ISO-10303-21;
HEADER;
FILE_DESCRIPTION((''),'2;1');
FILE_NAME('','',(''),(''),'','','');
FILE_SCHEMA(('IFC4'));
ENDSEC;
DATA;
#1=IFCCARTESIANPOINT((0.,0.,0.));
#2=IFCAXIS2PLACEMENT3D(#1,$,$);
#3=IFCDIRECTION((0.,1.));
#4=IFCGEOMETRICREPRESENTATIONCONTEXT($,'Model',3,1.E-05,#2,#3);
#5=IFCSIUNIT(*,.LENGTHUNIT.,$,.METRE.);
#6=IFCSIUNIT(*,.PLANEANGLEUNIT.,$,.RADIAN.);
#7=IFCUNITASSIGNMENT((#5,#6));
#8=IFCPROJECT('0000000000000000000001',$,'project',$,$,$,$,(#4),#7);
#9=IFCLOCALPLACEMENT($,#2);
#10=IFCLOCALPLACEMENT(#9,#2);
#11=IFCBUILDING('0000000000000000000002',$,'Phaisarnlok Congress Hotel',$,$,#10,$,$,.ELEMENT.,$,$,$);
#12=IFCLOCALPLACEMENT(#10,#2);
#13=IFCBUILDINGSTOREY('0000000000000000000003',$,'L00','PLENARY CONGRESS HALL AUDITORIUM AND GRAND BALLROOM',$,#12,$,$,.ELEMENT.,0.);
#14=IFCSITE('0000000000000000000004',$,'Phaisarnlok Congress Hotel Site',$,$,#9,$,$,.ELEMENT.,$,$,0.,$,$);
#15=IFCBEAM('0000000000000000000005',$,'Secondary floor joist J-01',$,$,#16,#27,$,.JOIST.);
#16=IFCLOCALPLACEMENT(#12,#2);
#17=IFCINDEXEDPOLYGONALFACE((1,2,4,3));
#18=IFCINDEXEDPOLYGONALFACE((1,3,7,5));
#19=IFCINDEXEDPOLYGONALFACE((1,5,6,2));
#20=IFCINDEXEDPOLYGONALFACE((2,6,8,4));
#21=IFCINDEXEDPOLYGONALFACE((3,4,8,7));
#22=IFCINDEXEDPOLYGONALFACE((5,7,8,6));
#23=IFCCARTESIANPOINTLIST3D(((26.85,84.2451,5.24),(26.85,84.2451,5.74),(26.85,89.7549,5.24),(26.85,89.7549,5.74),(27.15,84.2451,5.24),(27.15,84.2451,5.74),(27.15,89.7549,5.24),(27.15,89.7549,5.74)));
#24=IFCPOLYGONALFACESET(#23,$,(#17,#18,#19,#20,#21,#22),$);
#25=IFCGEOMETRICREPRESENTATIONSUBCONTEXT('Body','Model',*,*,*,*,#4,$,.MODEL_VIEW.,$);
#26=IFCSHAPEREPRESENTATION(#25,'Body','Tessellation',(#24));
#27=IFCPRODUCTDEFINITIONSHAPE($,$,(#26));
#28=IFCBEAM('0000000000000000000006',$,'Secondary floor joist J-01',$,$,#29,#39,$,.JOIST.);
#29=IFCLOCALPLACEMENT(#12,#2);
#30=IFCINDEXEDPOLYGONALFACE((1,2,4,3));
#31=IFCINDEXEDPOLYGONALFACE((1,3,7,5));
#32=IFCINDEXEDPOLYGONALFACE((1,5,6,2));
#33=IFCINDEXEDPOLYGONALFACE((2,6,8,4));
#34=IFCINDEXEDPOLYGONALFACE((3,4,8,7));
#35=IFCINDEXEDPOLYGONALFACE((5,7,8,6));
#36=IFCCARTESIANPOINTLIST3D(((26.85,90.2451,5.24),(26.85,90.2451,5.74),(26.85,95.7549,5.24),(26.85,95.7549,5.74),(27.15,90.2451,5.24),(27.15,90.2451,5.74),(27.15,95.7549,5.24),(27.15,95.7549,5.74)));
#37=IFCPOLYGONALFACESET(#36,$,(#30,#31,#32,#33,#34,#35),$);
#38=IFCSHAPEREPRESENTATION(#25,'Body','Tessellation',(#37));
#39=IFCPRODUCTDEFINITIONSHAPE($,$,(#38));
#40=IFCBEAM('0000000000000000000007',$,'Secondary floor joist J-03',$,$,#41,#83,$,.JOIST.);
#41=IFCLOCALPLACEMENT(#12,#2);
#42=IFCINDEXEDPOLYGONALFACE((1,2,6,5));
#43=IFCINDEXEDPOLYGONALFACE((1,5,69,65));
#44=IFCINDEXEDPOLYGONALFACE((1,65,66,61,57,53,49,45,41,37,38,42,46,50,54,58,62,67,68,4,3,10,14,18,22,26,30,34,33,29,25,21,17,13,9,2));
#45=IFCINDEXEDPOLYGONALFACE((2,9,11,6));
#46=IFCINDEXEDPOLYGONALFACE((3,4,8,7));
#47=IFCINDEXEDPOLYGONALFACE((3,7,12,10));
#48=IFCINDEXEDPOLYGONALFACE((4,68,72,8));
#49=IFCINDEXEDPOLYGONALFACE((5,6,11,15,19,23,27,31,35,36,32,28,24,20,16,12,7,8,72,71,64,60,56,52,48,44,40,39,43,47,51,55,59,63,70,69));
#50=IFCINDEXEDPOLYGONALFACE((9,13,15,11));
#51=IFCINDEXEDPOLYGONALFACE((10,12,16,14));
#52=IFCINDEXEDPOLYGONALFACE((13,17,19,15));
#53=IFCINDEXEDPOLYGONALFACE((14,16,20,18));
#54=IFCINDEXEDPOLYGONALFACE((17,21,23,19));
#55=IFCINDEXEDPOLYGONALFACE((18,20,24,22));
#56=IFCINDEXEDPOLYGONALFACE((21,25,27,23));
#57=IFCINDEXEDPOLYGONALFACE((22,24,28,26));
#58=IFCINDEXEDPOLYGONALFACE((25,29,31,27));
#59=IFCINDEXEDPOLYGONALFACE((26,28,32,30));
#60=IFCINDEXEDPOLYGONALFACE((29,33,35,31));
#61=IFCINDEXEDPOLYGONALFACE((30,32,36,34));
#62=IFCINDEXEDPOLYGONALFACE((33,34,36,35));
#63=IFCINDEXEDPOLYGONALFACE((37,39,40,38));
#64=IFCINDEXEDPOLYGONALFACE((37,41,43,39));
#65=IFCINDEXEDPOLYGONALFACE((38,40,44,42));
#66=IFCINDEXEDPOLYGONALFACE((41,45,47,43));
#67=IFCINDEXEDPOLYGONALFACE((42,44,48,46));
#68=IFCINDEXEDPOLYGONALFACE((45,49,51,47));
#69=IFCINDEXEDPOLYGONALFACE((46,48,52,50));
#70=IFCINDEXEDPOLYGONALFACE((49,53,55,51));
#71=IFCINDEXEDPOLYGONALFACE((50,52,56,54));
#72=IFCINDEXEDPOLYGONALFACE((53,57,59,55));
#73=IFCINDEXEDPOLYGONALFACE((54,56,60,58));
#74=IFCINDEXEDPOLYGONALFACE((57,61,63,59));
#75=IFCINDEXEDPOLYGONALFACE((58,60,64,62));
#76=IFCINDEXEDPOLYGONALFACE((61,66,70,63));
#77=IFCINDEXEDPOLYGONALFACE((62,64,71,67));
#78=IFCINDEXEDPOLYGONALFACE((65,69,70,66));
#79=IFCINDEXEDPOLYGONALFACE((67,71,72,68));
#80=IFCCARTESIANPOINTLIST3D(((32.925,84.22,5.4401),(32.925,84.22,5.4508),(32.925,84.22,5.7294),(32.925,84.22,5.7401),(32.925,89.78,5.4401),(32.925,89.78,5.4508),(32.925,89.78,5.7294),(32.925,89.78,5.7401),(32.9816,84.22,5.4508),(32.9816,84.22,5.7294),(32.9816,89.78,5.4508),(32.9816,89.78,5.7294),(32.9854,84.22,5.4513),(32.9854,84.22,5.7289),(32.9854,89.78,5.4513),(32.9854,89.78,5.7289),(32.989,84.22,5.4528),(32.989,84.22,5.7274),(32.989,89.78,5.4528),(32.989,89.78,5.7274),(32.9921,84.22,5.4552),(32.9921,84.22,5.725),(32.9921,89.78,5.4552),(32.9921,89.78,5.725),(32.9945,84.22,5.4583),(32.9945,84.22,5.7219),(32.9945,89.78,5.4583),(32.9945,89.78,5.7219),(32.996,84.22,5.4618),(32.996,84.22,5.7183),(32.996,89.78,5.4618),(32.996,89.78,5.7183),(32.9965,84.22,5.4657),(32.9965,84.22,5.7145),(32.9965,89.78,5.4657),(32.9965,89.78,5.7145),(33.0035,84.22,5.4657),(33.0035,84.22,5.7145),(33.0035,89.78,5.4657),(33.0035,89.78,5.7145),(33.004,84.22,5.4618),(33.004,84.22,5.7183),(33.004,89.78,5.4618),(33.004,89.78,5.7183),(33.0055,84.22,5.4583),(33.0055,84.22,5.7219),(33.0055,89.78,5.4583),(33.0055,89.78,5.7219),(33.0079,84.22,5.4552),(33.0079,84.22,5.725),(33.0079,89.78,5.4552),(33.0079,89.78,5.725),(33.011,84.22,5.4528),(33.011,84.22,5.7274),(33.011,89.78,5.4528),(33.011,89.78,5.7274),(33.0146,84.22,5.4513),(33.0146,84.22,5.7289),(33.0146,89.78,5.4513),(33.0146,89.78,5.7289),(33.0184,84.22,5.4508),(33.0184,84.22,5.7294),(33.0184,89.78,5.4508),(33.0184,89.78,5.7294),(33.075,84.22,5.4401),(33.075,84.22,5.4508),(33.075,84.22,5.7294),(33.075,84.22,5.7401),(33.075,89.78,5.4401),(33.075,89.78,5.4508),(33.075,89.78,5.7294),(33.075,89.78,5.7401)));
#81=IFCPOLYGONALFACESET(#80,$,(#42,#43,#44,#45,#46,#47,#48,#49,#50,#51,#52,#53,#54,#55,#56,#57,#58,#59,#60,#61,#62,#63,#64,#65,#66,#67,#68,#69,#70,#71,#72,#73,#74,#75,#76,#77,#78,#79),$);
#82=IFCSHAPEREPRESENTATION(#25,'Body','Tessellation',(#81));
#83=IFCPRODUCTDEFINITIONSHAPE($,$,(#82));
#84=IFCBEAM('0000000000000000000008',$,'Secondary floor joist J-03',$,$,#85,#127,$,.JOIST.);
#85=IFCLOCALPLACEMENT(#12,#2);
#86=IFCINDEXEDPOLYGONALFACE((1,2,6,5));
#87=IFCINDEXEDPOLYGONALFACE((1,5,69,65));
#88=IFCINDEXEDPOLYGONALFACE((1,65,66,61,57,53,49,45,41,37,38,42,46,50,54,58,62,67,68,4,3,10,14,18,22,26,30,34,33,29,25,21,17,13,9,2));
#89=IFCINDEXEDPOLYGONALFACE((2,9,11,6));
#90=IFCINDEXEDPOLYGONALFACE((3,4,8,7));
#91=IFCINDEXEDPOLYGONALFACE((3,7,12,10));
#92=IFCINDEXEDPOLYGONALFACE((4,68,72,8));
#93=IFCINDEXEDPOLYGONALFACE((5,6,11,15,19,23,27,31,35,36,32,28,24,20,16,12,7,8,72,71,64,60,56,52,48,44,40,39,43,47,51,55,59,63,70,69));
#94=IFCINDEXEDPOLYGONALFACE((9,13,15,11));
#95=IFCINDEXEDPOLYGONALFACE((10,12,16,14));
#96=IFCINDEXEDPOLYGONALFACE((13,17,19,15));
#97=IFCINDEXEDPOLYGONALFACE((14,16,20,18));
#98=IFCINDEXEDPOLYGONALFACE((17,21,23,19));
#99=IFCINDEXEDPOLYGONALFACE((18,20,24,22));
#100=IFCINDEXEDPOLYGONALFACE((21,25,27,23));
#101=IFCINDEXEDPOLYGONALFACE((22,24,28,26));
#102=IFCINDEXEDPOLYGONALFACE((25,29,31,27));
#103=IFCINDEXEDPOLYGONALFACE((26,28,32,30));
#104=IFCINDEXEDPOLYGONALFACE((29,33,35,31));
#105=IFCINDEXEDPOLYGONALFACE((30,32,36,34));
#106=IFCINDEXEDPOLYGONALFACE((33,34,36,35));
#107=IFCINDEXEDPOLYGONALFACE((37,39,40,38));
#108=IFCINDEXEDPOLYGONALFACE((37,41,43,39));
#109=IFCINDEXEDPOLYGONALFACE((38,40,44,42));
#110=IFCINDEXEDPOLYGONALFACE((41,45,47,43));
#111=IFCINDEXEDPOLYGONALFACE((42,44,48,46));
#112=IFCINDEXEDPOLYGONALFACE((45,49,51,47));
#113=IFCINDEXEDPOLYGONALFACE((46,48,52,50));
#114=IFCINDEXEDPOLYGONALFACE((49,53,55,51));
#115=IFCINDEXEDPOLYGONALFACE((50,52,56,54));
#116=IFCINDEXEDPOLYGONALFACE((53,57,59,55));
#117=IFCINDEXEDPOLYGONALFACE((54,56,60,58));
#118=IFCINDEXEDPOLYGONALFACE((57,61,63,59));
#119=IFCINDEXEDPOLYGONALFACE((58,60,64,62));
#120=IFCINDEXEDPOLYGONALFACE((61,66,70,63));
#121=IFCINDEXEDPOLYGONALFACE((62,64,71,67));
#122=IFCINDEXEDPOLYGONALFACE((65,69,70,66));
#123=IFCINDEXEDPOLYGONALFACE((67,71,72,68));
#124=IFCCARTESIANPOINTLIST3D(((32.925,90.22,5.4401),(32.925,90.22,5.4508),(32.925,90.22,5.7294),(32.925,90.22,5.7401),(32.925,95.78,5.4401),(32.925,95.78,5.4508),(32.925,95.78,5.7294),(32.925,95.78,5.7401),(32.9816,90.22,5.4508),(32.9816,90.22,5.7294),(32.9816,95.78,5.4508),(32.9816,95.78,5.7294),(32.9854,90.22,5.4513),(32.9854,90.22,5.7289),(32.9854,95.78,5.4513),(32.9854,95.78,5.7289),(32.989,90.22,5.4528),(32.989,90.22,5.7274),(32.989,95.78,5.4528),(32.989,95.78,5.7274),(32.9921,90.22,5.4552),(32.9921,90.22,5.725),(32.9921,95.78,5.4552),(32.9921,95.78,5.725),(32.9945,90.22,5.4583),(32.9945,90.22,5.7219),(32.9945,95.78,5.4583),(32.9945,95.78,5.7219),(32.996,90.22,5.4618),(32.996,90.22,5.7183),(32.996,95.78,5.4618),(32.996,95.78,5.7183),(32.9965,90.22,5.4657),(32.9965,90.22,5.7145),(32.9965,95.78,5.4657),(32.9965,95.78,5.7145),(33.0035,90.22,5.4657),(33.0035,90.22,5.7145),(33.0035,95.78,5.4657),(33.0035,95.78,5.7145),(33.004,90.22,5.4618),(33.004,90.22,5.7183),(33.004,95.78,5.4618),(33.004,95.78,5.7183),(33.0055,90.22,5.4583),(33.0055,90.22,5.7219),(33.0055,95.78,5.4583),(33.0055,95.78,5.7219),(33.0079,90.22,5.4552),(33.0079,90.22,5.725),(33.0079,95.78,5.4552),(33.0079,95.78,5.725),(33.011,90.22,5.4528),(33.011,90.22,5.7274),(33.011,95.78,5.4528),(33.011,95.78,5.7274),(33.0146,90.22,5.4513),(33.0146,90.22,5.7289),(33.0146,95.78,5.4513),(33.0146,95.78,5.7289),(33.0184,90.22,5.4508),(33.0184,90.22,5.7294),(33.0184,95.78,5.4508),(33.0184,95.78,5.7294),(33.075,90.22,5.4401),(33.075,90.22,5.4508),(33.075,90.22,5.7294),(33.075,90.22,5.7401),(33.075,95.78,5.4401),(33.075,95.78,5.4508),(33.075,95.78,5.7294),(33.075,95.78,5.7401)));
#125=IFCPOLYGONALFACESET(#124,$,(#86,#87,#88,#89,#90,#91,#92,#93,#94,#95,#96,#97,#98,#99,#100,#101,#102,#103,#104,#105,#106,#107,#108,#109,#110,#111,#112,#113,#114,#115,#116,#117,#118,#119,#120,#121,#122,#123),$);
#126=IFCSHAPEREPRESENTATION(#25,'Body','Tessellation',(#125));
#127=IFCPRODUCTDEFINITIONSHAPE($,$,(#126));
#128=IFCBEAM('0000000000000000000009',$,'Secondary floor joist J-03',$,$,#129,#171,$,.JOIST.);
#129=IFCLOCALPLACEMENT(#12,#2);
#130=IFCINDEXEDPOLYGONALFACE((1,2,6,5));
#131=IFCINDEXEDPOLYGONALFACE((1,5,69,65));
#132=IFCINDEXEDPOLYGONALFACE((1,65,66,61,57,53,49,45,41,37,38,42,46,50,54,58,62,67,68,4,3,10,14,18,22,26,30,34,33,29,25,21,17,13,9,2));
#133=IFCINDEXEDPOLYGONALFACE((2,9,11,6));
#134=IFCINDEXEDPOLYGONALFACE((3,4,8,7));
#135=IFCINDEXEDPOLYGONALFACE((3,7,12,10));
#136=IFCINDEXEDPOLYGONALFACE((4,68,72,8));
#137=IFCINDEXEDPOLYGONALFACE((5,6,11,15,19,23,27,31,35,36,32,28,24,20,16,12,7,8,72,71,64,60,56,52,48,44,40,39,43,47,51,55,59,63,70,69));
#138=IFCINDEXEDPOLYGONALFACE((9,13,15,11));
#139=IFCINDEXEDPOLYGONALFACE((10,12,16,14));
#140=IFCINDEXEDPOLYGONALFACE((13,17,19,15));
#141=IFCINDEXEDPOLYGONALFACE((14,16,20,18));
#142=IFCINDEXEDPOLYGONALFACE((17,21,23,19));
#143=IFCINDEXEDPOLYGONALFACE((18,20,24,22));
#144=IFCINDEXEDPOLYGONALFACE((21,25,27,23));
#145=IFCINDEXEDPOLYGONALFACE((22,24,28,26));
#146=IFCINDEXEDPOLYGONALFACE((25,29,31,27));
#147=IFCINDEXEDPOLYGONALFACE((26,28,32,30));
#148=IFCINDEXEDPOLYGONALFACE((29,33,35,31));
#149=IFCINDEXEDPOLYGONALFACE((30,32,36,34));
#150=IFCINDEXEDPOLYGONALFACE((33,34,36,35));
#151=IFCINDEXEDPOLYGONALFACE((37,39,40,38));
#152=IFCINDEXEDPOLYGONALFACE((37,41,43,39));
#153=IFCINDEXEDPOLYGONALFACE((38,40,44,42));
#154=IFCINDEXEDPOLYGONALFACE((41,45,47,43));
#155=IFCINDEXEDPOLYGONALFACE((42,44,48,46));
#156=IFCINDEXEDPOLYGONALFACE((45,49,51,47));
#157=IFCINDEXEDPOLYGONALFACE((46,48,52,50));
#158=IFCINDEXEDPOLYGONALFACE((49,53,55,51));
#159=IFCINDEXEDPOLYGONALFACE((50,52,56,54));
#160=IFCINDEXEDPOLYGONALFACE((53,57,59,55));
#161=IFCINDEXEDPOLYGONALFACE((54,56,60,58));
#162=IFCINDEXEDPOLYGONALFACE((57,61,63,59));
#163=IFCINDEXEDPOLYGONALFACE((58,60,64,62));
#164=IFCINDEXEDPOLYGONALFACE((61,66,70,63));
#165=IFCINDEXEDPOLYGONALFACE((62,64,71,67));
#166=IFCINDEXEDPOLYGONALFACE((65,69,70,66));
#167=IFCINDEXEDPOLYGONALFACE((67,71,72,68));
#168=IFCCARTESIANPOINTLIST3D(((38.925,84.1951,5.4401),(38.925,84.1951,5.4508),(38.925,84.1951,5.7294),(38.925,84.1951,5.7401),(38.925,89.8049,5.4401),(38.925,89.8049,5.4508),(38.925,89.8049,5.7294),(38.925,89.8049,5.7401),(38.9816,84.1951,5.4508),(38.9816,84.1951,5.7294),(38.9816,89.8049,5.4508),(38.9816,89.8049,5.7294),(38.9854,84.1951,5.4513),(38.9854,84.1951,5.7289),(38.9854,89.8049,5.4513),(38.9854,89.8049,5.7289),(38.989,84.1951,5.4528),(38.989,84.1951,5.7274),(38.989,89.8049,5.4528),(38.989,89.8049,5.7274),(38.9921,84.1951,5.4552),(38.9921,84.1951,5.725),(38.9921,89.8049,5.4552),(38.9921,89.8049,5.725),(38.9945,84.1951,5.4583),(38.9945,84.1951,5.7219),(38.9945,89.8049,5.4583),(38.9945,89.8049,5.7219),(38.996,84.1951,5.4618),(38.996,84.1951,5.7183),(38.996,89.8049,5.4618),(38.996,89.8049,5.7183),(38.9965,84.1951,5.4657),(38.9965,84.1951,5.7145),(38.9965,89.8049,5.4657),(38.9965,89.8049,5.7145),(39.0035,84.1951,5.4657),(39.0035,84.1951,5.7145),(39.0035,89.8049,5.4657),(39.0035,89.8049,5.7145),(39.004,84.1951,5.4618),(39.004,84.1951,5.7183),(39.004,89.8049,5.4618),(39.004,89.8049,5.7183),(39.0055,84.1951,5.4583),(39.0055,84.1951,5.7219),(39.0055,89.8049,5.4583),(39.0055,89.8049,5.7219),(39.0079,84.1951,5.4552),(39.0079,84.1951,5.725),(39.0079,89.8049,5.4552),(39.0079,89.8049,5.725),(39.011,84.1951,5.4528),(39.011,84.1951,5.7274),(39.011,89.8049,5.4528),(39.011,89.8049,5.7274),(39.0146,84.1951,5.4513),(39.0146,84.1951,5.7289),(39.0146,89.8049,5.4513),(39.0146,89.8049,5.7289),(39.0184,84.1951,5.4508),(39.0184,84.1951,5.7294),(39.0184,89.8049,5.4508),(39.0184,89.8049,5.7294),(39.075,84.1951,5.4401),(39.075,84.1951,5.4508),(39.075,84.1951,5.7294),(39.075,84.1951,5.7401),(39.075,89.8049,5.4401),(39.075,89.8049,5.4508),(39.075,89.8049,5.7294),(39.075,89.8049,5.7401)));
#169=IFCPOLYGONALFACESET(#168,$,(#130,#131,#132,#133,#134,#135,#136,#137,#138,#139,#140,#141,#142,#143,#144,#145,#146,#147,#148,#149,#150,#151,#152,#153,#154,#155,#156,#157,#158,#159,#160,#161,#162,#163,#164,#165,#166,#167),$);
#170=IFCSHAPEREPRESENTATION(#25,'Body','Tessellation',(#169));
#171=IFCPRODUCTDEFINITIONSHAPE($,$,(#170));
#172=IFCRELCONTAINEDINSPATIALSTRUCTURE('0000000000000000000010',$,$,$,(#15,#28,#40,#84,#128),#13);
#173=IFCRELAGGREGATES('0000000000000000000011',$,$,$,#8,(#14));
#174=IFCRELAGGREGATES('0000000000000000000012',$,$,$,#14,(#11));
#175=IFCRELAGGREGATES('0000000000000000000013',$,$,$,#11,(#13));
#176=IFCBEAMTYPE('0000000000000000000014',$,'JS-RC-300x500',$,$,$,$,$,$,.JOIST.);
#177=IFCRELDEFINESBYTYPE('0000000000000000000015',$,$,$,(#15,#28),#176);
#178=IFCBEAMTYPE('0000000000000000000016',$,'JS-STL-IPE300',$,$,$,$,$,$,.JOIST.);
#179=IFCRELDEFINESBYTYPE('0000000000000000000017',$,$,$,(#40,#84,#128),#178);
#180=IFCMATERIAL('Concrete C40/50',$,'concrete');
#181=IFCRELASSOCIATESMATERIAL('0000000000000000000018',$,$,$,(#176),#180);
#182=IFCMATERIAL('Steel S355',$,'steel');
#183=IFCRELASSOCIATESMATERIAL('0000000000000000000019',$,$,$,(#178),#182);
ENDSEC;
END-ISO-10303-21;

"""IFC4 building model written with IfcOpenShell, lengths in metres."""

from ifc_helpers import new_model, si_unit, direction, frame, origin, origin_2d, place, context, subcontext, project, spatial, rectangle, i_section, extrude, material, material_profile, profile_set, type_object, element, save


model = new_model("IFC4")

# Units and contexts
model_context = context("Model", 3, precision=1e-05, world=origin(), true_north=direction((0.0, 1.0)))
body_context = subcontext(model_context, "Body", "Model", "MODEL_VIEW")
ifc_project = project(units=[si_unit("LENGTHUNIT", "METRE"), si_unit("PLANEANGLEUNIT", "RADIAN")], contexts=[model_context])

# Site, building, storey
site_placement = place(None, origin())
site = spatial("IfcSite", under=ifc_project, at=site_placement, Name="Phaisarnlok Congress Hotel Site", CompositionType="ELEMENT", RefElevation=0.0)
building_placement = place(site_placement, origin())
building = spatial("IfcBuilding", under=site, at=building_placement, Name="Phaisarnlok Congress Hotel", CompositionType="ELEMENT")
storey_placement = place(building_placement, origin())
storey = spatial("IfcBuildingStorey", under=building, at=storey_placement, Name="L00", Description="PLENARY CONGRESS HALL AUDITORIUM AND GRAND BALLROOM", CompositionType="ELEMENT", Elevation=0.0)

# Beams
ifc_material_1 = material(Name="Concrete C40/50", Category="concrete")
ifc_material_profile_1 = material_profile(ifc_material_1, rectangle(XDim=0.3, YDim=0.5, at=origin_2d()), Name="RC 300x500")
ifc_profile_set_1 = profile_set([ifc_material_profile_1], Name="Concrete C40/50")
beam_type_1 = type_object("IfcBeamType", Name="JS-RC-300x500", PredefinedType="JOIST", material=ifc_profile_set_1)
for number, where, z_axis, x_axis, name in (
    (1, (27.0, 84.2451, 5.49), (0.0, 1.0, 0.0), (-1.0, 0.0, 0.0), "Secondary floor joist J-01"),
    (2, (27.0, 90.2451, 5.49), (0.0, 1.0, 0.0), (-1.0, 0.0, 0.0), "Secondary floor joist J-01"),
):
    element("IfcBeam", number, at=place(storey_placement, frame(where, z_axis=z_axis, x_axis=x_axis)), inside=storey, type_object=beam_type_1, Name=name, PredefinedType="JOIST", context=body_context, shape_type="SweptSolid", body=[
        extrude(rectangle(XDim=0.3, YDim=0.5, at=origin_2d()), origin(), (0.0, 0.0, 1.0), 5.5098),
    ])
ifc_material_2 = material(Name="Steel S355", Category="steel")
ifc_material_profile_2 = material_profile(ifc_material_2, i_section(OverallWidth=0.1499, OverallDepth=0.3, WebThickness=0.0071, FlangeThickness=0.0107, FilletRadius=0.0149, at=origin_2d()), Name="IPE 300")
ifc_profile_set_2 = profile_set([ifc_material_profile_2], Name="Steel S355")
beam_type_2 = type_object("IfcBeamType", Name="JS-STL-IPE300", PredefinedType="JOIST", material=ifc_profile_set_2)
for number, where, z_axis, x_axis, name in (
    (3, (33.0, 84.22, 5.5901), (0.0, 1.0, 0.0), (-1.0, 0.0, 0.0), "Secondary floor joist J-03"),
    (4, (33.0, 90.22, 5.5901), (0.0, 1.0, 0.0), (-1.0, 0.0, 0.0), "Secondary floor joist J-03"),
):
    element("IfcBeam", number, at=place(storey_placement, frame(where, z_axis=z_axis, x_axis=x_axis)), inside=storey, type_object=beam_type_2, Name=name, PredefinedType="JOIST", context=body_context, shape_type="SweptSolid", body=[
        extrude(i_section(OverallWidth=0.1499, OverallDepth=0.3, WebThickness=0.0071, FlangeThickness=0.0107, FilletRadius=0.0149, at=origin_2d()), origin(), (0.0, 0.0, 1.0), 5.5601),
    ])
for number, where, z_axis, x_axis, name in (
    (5, (39.0, 84.1951, 5.5901), (0.0, 1.0, 0.0), (-1.0, 0.0, 0.0), "Secondary floor joist J-03"),
):
    element("IfcBeam", number, at=place(storey_placement, frame(where, z_axis=z_axis, x_axis=x_axis)), inside=storey, type_object=beam_type_2, Name=name, PredefinedType="JOIST", context=body_context, shape_type="SweptSolid", body=[
        extrude(i_section(OverallWidth=0.1499, OverallDepth=0.3, WebThickness=0.0071, FlangeThickness=0.0107, FilletRadius=0.0149, at=origin_2d()), origin(), (0.0, 0.0, 1.0), 5.6099),
    ])

save(model, "model.ifc")
